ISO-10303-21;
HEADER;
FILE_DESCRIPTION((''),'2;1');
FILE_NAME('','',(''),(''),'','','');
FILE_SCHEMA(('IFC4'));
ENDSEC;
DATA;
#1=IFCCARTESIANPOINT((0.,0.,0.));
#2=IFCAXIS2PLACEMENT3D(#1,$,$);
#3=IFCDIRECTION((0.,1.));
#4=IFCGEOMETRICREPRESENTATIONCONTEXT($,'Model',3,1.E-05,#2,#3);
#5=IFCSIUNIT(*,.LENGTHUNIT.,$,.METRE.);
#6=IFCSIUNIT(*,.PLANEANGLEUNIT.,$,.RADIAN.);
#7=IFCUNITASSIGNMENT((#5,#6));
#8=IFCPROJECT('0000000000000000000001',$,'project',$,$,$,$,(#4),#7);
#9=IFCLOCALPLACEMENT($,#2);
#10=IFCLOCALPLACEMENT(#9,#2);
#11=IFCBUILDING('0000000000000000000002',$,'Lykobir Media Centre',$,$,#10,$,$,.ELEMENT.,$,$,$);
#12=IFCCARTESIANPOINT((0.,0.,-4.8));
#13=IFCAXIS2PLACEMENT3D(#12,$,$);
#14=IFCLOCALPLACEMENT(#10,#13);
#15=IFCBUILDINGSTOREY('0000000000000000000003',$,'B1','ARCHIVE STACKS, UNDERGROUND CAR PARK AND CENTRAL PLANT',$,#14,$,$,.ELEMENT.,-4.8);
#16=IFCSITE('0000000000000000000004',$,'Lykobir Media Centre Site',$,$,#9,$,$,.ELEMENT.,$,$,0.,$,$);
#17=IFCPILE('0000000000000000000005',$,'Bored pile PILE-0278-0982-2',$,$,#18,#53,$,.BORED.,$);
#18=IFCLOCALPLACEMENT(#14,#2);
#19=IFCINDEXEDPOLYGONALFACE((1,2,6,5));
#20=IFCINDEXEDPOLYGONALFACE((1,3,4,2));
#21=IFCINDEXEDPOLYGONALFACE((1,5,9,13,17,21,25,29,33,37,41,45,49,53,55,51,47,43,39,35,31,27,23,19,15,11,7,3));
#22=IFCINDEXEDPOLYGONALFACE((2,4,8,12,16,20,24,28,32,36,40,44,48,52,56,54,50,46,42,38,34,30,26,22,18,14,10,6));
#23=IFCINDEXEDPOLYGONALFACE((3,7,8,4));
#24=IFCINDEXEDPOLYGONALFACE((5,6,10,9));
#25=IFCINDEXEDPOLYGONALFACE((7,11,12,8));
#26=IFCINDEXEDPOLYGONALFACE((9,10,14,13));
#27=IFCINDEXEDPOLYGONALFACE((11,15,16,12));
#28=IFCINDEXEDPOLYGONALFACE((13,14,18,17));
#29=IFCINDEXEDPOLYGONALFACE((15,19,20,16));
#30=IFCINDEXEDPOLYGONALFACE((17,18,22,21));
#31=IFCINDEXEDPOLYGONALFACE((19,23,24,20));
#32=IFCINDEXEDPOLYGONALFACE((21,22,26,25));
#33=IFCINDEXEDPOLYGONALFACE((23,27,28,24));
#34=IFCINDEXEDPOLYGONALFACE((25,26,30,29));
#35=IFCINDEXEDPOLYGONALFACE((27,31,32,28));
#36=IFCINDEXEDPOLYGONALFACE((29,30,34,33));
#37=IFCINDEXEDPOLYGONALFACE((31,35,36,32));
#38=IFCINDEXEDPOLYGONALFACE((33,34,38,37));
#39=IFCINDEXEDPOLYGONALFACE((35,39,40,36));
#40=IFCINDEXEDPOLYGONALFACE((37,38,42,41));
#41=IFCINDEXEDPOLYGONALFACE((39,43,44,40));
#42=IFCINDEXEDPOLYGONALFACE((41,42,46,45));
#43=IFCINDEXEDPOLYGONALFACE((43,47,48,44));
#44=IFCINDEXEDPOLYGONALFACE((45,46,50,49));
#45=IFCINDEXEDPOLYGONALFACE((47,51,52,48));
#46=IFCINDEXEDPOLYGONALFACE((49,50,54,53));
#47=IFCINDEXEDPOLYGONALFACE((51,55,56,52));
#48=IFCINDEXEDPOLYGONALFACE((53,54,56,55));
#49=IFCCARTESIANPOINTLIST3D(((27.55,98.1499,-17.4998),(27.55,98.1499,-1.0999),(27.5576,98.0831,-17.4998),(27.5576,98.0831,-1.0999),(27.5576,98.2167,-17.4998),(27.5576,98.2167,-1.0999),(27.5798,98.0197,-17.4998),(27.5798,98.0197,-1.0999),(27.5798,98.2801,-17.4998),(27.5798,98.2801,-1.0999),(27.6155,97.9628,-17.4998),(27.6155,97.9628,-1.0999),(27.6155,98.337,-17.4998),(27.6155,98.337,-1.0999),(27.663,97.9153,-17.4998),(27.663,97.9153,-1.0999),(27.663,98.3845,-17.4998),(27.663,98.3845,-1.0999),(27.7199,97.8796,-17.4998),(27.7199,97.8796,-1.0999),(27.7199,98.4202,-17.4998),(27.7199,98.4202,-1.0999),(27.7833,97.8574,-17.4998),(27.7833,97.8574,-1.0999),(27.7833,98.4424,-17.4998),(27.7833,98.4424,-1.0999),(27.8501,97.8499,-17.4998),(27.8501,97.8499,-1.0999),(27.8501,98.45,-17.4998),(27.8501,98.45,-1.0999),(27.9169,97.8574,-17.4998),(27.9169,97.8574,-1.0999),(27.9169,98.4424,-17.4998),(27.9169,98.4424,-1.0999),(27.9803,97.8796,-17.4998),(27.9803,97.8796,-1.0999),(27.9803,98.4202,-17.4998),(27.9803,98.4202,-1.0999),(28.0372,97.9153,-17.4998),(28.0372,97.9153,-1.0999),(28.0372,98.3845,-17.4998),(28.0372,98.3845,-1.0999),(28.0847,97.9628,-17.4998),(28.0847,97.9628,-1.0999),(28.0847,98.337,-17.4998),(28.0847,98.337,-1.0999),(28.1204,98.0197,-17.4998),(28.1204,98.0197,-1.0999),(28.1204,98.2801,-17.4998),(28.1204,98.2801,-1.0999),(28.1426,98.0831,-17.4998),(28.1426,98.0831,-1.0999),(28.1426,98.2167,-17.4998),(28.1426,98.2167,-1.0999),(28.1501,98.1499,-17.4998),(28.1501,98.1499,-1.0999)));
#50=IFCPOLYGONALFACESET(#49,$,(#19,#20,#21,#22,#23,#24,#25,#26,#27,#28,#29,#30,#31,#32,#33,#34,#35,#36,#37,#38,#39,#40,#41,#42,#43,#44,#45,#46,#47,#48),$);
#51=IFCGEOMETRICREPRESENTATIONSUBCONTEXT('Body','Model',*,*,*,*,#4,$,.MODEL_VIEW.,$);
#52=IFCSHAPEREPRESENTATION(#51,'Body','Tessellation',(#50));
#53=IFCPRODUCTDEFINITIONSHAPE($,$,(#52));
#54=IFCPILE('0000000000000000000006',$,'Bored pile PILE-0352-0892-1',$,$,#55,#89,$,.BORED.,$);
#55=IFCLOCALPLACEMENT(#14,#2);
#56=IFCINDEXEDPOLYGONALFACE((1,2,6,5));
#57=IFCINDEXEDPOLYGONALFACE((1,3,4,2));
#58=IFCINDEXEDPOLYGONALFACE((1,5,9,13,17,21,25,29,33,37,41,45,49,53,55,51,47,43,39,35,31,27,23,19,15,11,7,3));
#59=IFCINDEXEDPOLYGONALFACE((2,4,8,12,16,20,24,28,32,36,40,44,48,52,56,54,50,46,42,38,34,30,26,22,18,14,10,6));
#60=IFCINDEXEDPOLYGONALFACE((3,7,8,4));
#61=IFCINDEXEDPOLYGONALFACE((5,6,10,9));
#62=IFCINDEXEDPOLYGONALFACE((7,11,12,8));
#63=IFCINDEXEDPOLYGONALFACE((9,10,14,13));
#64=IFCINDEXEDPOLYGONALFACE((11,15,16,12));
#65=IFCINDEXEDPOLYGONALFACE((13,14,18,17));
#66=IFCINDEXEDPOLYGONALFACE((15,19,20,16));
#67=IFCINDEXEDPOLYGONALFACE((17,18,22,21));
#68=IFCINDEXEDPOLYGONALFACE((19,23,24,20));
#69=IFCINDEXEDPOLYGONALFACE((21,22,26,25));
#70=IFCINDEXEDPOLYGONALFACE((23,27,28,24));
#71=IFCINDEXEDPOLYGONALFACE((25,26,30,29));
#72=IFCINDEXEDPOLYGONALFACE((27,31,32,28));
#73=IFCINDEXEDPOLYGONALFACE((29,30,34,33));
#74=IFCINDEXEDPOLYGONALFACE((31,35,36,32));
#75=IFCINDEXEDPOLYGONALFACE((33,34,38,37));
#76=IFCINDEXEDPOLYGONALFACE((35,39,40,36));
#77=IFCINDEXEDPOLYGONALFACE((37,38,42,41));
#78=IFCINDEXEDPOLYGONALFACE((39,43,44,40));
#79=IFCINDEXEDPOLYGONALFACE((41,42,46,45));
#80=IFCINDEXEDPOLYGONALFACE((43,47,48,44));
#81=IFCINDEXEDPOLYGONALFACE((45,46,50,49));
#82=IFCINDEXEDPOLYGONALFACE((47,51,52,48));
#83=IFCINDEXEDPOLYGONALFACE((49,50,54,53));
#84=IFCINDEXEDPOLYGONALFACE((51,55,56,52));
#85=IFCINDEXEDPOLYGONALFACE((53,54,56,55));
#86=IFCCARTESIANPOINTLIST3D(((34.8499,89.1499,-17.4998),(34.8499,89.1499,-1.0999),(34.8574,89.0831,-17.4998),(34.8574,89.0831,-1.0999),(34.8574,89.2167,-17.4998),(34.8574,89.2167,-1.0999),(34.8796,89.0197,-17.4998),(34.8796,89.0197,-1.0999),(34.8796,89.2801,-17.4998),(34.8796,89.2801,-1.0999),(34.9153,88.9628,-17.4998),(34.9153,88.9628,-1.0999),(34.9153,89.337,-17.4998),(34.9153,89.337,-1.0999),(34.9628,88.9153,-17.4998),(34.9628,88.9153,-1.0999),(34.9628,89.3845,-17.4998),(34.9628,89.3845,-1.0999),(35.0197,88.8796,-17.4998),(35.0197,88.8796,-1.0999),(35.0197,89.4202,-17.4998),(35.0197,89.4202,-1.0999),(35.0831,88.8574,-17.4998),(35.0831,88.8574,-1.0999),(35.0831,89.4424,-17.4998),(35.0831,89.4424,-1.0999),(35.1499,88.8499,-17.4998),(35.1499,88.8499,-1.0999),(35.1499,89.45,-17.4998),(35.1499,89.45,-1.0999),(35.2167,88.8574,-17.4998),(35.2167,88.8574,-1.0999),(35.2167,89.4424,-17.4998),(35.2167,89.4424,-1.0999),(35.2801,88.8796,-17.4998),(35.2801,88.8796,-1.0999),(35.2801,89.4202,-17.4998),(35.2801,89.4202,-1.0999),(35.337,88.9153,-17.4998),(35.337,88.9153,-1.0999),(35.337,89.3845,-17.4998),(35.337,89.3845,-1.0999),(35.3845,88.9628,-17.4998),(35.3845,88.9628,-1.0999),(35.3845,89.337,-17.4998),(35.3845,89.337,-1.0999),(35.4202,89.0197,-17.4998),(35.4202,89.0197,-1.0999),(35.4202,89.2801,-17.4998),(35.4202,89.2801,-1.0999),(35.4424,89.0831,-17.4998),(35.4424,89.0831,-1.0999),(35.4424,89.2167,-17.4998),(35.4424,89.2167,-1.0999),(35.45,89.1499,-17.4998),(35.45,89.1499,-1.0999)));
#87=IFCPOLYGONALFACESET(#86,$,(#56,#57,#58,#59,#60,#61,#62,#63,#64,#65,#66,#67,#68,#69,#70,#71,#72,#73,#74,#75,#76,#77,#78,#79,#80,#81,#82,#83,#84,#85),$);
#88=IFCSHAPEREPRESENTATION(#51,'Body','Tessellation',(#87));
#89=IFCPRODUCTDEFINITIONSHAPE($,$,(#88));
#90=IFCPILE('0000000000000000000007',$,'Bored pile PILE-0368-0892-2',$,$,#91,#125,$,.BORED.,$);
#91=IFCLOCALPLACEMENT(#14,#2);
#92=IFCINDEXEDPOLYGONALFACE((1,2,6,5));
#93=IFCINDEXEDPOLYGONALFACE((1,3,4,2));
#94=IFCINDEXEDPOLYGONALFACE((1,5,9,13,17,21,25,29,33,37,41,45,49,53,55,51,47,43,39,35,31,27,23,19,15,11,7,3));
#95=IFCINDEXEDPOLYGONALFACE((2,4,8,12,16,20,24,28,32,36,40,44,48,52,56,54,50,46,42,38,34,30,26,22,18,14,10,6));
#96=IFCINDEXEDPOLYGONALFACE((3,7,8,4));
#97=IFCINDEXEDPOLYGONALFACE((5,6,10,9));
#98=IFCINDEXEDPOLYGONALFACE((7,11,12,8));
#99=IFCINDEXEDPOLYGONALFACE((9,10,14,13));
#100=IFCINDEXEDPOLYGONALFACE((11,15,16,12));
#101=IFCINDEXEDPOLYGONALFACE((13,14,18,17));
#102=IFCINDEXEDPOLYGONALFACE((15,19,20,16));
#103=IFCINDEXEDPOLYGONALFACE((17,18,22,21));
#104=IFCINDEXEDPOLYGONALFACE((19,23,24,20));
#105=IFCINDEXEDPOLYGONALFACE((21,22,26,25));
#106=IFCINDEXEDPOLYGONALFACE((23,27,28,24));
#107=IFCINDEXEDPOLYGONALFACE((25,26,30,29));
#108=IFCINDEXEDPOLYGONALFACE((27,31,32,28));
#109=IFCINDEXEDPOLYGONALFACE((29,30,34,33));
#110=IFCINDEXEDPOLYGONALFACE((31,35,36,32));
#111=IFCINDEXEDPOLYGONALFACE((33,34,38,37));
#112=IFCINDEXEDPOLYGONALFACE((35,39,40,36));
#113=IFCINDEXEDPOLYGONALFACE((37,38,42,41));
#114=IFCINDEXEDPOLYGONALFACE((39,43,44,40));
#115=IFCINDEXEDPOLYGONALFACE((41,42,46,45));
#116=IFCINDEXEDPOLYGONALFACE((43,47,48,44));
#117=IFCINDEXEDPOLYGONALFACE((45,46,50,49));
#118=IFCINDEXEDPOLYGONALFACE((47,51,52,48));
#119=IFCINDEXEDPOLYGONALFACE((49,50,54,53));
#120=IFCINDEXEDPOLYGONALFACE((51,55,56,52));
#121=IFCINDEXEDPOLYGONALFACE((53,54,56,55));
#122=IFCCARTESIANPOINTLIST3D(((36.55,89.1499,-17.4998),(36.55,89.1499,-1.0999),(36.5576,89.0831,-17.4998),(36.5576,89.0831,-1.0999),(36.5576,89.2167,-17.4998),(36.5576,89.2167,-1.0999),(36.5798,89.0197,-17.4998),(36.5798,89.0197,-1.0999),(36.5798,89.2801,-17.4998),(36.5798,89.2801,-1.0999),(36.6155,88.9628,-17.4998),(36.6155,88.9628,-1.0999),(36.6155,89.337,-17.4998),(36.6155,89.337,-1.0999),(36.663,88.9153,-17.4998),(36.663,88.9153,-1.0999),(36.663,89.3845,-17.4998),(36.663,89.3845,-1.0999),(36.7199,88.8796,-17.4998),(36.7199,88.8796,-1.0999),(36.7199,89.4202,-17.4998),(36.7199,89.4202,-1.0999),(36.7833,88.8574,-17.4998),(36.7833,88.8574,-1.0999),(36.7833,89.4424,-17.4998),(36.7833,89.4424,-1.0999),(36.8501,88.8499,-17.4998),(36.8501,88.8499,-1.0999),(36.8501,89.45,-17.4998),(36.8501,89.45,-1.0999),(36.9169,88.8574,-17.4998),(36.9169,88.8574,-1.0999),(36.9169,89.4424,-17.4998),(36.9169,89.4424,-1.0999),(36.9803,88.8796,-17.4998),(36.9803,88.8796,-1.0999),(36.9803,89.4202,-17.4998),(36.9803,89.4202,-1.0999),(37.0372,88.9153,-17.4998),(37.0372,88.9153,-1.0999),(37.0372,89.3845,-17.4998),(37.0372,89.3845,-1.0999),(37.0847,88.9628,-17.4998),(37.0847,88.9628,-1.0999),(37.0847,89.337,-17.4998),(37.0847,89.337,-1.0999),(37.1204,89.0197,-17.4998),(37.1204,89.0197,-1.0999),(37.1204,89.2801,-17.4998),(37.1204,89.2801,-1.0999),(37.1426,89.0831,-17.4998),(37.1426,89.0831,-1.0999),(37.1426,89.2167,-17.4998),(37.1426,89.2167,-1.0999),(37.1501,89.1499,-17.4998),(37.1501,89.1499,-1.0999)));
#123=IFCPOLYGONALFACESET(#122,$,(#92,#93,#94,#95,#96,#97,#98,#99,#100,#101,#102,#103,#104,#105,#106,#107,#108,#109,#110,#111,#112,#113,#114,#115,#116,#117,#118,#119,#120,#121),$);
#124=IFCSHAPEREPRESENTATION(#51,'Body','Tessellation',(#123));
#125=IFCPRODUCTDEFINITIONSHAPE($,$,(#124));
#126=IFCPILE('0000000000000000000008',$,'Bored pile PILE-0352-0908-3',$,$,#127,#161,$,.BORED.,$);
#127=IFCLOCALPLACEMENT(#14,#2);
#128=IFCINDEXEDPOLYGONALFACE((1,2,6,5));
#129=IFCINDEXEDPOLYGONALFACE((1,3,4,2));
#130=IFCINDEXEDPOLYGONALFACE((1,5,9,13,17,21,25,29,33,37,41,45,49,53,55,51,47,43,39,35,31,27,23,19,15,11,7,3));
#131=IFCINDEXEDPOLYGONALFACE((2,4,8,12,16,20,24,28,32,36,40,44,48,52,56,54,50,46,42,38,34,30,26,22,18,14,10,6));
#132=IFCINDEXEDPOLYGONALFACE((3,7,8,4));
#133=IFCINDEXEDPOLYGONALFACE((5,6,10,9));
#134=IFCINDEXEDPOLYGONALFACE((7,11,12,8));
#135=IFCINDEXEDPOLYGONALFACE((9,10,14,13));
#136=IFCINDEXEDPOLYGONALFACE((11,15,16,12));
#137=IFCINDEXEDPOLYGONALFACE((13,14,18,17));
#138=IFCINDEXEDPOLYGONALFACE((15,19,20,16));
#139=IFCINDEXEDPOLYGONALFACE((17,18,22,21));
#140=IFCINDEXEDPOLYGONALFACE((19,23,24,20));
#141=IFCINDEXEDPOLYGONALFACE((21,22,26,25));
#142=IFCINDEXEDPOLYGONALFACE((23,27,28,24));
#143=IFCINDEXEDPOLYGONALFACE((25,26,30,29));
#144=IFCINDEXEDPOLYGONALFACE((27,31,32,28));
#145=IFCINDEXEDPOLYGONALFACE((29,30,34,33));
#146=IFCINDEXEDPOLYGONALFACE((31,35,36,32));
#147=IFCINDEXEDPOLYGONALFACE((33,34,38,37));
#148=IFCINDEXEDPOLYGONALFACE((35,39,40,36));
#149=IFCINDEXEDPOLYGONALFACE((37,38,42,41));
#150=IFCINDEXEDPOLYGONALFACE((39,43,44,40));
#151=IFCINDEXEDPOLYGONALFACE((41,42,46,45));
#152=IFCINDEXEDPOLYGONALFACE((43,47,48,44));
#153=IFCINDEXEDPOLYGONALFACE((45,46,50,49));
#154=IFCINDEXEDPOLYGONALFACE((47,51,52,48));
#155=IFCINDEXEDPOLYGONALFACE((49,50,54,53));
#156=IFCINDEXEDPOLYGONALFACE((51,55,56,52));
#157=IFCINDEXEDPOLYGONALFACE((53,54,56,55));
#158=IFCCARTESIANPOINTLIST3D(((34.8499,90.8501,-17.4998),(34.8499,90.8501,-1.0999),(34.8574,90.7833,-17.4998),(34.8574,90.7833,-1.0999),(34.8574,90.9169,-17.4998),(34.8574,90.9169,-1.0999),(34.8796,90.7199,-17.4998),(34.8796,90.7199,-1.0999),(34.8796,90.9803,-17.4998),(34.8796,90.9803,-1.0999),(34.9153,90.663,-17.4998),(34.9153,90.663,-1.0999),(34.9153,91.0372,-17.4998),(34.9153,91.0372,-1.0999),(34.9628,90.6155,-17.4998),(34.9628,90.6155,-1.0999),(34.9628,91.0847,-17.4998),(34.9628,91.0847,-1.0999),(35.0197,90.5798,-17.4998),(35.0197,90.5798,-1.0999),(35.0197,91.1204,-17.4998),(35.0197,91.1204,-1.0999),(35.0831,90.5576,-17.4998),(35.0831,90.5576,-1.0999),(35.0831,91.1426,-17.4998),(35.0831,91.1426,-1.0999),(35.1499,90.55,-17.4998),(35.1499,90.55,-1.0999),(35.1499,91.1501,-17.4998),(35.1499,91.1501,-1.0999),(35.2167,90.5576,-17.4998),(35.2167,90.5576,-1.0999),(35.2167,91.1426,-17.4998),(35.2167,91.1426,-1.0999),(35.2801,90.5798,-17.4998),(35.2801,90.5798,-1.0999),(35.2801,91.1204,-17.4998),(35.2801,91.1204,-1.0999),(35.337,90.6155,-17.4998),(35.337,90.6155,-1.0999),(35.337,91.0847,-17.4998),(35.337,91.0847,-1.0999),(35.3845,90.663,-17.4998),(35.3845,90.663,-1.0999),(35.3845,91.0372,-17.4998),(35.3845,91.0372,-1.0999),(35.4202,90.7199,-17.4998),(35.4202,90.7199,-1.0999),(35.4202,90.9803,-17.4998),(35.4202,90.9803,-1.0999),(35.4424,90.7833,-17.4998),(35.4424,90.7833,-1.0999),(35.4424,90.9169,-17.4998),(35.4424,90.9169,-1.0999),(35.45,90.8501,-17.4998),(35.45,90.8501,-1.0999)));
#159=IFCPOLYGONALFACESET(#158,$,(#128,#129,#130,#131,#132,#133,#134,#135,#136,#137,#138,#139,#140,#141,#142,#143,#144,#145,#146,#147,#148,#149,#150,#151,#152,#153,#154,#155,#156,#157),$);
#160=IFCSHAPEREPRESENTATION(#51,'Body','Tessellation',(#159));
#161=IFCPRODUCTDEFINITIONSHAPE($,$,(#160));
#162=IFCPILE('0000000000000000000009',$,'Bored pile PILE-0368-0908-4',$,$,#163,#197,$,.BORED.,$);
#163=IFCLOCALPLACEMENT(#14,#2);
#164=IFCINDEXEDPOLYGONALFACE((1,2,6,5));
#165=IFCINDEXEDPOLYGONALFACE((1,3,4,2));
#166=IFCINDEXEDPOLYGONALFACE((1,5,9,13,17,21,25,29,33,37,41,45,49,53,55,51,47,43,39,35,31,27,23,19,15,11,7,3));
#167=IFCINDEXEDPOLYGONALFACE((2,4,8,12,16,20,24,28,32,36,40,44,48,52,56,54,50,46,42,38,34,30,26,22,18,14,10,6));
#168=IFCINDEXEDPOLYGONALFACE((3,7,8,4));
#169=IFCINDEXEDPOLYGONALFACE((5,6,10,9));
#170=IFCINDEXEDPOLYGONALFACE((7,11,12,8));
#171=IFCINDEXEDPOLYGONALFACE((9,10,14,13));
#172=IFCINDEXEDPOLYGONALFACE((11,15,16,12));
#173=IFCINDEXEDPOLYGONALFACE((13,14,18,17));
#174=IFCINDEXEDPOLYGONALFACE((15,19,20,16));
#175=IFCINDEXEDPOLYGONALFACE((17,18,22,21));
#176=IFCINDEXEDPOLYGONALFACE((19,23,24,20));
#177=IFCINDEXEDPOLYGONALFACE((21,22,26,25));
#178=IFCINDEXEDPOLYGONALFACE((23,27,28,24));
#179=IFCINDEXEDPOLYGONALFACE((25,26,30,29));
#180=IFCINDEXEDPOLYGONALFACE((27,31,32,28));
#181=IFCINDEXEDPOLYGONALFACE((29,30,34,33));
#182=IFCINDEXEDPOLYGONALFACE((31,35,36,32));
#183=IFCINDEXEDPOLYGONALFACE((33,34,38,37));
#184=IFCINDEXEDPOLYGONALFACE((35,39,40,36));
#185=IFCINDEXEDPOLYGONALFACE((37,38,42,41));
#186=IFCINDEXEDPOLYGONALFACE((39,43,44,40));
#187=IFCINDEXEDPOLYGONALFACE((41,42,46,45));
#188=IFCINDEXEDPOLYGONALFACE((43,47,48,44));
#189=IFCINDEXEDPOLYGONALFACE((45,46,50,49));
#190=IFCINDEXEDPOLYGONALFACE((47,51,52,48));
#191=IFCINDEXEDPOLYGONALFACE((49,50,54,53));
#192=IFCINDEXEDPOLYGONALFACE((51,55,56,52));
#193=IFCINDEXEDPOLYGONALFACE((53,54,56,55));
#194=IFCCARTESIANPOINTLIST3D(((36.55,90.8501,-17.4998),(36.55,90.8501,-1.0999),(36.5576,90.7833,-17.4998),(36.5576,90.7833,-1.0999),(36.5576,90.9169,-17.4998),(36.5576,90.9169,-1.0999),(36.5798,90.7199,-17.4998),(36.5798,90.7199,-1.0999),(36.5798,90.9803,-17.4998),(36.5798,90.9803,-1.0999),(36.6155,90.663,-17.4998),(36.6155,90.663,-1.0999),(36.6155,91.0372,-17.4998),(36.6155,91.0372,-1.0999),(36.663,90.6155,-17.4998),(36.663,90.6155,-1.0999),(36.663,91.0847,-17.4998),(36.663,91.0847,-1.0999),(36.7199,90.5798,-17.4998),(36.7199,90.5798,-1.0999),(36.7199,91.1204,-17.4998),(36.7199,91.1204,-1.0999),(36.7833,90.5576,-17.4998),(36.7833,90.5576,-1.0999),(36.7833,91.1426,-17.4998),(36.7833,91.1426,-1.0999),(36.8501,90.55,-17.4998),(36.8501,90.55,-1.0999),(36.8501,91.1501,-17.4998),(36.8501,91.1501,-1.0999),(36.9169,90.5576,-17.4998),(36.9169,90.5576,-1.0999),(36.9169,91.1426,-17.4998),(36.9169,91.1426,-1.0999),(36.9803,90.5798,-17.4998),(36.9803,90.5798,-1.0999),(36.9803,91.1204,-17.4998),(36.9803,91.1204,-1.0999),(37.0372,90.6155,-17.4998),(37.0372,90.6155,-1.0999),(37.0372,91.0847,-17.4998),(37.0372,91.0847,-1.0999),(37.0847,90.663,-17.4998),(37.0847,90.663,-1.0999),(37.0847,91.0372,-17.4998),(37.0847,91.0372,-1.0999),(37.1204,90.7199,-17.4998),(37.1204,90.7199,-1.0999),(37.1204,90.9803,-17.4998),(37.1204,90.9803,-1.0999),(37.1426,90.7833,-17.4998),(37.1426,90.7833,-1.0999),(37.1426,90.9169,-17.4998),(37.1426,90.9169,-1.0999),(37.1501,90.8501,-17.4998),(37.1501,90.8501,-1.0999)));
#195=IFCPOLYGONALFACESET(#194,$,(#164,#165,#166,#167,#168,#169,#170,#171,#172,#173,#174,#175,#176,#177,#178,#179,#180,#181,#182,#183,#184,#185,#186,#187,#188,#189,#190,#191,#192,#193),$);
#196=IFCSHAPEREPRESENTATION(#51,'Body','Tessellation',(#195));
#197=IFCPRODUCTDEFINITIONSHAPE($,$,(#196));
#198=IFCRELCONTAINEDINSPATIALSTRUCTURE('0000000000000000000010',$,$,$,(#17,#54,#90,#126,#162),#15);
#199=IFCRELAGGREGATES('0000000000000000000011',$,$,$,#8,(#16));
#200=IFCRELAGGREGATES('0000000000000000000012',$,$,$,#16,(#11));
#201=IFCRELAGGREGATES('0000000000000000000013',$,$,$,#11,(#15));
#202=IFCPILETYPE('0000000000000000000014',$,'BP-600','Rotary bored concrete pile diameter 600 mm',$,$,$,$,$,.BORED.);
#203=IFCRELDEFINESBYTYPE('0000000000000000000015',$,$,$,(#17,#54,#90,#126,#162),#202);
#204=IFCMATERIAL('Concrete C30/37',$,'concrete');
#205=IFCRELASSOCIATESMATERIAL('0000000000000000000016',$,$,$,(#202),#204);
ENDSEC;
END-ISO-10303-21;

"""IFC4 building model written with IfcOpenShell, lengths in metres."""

from ifc_helpers import new_model, si_unit, direction, frame, origin, origin_2d, place, context, subcontext, project, spatial, circle, extrude, material, material_profile, profile_set, type_object, element, save


model = new_model("IFC4")

# Units and contexts
model_context = context("Model", 3, precision=1e-05, world=origin(), true_north=direction((0.0, 1.0)))
body_context = subcontext(model_context, "Body", "Model", "MODEL_VIEW")
ifc_project = project(units=[si_unit("LENGTHUNIT", "METRE"), si_unit("PLANEANGLEUNIT", "RADIAN")], contexts=[model_context])

# Site, building, storey
site_placement = place(None, origin())
site = spatial("IfcSite", under=ifc_project, at=site_placement, Name="Lykobir Media Centre Site", CompositionType="ELEMENT", RefElevation=0.0)
building_placement = place(site_placement, origin())
building = spatial("IfcBuilding", under=site, at=building_placement, Name="Lykobir Media Centre", CompositionType="ELEMENT")
storey_placement = place(building_placement, frame((0.0, 0.0, -4.8)))
storey = spatial("IfcBuildingStorey", under=building, at=storey_placement, Name="B1", Description="ARCHIVE STACKS, UNDERGROUND CAR PARK AND CENTRAL PLANT", CompositionType="ELEMENT", Elevation=-4.8)

# Piles
ifc_material_1 = material(Name="Concrete C30/37", Category="concrete")
ifc_material_profile_1 = material_profile(ifc_material_1, circle(Radius=0.3, at=origin_2d()), Name="BORED PILE D600")
ifc_profile_set_1 = profile_set([ifc_material_profile_1], Name="Concrete C30/37")
pile_type = type_object("IfcPileType", Name="BP-600", Description="Rotary bored concrete pile diameter 600 mm", PredefinedType="BORED", material=ifc_profile_set_1)
for number, where, z_axis, x_axis, name in (
    (1, (27.8501, 98.1499, -1.0999), (0.0, 0.0, -1.0), (1.0, 0.0, 0.0), "Bored pile PILE-0278-0982-2"),
    (2, (35.1499, 89.1499, -1.0999), (0.0, 0.0, -1.0), (1.0, 0.0, 0.0), "Bored pile PILE-0352-0892-1"),
    (3, (36.8501, 89.1499, -1.0999), (0.0, 0.0, -1.0), (1.0, 0.0, 0.0), "Bored pile PILE-0368-0892-2"),
    (4, (35.1499, 90.8501, -1.0999), (0.0, 0.0, -1.0), (1.0, 0.0, 0.0), "Bored pile PILE-0352-0908-3"),
    (5, (36.8501, 90.8501, -1.0999), (0.0, 0.0, -1.0), (1.0, 0.0, 0.0), "Bored pile PILE-0368-0908-4"),
):
    element("IfcPile", number, at=place(storey_placement, frame(where, z_axis=z_axis, x_axis=x_axis)), inside=storey, type_object=pile_type, Name=name, PredefinedType="BORED", context=body_context, shape_type="SweptSolid", body=[
        extrude(circle(Radius=0.3, at=origin_2d()), origin(), (0.0, 0.0, 1.0), 16.3999),
    ])

save(model, "model.ifc")
